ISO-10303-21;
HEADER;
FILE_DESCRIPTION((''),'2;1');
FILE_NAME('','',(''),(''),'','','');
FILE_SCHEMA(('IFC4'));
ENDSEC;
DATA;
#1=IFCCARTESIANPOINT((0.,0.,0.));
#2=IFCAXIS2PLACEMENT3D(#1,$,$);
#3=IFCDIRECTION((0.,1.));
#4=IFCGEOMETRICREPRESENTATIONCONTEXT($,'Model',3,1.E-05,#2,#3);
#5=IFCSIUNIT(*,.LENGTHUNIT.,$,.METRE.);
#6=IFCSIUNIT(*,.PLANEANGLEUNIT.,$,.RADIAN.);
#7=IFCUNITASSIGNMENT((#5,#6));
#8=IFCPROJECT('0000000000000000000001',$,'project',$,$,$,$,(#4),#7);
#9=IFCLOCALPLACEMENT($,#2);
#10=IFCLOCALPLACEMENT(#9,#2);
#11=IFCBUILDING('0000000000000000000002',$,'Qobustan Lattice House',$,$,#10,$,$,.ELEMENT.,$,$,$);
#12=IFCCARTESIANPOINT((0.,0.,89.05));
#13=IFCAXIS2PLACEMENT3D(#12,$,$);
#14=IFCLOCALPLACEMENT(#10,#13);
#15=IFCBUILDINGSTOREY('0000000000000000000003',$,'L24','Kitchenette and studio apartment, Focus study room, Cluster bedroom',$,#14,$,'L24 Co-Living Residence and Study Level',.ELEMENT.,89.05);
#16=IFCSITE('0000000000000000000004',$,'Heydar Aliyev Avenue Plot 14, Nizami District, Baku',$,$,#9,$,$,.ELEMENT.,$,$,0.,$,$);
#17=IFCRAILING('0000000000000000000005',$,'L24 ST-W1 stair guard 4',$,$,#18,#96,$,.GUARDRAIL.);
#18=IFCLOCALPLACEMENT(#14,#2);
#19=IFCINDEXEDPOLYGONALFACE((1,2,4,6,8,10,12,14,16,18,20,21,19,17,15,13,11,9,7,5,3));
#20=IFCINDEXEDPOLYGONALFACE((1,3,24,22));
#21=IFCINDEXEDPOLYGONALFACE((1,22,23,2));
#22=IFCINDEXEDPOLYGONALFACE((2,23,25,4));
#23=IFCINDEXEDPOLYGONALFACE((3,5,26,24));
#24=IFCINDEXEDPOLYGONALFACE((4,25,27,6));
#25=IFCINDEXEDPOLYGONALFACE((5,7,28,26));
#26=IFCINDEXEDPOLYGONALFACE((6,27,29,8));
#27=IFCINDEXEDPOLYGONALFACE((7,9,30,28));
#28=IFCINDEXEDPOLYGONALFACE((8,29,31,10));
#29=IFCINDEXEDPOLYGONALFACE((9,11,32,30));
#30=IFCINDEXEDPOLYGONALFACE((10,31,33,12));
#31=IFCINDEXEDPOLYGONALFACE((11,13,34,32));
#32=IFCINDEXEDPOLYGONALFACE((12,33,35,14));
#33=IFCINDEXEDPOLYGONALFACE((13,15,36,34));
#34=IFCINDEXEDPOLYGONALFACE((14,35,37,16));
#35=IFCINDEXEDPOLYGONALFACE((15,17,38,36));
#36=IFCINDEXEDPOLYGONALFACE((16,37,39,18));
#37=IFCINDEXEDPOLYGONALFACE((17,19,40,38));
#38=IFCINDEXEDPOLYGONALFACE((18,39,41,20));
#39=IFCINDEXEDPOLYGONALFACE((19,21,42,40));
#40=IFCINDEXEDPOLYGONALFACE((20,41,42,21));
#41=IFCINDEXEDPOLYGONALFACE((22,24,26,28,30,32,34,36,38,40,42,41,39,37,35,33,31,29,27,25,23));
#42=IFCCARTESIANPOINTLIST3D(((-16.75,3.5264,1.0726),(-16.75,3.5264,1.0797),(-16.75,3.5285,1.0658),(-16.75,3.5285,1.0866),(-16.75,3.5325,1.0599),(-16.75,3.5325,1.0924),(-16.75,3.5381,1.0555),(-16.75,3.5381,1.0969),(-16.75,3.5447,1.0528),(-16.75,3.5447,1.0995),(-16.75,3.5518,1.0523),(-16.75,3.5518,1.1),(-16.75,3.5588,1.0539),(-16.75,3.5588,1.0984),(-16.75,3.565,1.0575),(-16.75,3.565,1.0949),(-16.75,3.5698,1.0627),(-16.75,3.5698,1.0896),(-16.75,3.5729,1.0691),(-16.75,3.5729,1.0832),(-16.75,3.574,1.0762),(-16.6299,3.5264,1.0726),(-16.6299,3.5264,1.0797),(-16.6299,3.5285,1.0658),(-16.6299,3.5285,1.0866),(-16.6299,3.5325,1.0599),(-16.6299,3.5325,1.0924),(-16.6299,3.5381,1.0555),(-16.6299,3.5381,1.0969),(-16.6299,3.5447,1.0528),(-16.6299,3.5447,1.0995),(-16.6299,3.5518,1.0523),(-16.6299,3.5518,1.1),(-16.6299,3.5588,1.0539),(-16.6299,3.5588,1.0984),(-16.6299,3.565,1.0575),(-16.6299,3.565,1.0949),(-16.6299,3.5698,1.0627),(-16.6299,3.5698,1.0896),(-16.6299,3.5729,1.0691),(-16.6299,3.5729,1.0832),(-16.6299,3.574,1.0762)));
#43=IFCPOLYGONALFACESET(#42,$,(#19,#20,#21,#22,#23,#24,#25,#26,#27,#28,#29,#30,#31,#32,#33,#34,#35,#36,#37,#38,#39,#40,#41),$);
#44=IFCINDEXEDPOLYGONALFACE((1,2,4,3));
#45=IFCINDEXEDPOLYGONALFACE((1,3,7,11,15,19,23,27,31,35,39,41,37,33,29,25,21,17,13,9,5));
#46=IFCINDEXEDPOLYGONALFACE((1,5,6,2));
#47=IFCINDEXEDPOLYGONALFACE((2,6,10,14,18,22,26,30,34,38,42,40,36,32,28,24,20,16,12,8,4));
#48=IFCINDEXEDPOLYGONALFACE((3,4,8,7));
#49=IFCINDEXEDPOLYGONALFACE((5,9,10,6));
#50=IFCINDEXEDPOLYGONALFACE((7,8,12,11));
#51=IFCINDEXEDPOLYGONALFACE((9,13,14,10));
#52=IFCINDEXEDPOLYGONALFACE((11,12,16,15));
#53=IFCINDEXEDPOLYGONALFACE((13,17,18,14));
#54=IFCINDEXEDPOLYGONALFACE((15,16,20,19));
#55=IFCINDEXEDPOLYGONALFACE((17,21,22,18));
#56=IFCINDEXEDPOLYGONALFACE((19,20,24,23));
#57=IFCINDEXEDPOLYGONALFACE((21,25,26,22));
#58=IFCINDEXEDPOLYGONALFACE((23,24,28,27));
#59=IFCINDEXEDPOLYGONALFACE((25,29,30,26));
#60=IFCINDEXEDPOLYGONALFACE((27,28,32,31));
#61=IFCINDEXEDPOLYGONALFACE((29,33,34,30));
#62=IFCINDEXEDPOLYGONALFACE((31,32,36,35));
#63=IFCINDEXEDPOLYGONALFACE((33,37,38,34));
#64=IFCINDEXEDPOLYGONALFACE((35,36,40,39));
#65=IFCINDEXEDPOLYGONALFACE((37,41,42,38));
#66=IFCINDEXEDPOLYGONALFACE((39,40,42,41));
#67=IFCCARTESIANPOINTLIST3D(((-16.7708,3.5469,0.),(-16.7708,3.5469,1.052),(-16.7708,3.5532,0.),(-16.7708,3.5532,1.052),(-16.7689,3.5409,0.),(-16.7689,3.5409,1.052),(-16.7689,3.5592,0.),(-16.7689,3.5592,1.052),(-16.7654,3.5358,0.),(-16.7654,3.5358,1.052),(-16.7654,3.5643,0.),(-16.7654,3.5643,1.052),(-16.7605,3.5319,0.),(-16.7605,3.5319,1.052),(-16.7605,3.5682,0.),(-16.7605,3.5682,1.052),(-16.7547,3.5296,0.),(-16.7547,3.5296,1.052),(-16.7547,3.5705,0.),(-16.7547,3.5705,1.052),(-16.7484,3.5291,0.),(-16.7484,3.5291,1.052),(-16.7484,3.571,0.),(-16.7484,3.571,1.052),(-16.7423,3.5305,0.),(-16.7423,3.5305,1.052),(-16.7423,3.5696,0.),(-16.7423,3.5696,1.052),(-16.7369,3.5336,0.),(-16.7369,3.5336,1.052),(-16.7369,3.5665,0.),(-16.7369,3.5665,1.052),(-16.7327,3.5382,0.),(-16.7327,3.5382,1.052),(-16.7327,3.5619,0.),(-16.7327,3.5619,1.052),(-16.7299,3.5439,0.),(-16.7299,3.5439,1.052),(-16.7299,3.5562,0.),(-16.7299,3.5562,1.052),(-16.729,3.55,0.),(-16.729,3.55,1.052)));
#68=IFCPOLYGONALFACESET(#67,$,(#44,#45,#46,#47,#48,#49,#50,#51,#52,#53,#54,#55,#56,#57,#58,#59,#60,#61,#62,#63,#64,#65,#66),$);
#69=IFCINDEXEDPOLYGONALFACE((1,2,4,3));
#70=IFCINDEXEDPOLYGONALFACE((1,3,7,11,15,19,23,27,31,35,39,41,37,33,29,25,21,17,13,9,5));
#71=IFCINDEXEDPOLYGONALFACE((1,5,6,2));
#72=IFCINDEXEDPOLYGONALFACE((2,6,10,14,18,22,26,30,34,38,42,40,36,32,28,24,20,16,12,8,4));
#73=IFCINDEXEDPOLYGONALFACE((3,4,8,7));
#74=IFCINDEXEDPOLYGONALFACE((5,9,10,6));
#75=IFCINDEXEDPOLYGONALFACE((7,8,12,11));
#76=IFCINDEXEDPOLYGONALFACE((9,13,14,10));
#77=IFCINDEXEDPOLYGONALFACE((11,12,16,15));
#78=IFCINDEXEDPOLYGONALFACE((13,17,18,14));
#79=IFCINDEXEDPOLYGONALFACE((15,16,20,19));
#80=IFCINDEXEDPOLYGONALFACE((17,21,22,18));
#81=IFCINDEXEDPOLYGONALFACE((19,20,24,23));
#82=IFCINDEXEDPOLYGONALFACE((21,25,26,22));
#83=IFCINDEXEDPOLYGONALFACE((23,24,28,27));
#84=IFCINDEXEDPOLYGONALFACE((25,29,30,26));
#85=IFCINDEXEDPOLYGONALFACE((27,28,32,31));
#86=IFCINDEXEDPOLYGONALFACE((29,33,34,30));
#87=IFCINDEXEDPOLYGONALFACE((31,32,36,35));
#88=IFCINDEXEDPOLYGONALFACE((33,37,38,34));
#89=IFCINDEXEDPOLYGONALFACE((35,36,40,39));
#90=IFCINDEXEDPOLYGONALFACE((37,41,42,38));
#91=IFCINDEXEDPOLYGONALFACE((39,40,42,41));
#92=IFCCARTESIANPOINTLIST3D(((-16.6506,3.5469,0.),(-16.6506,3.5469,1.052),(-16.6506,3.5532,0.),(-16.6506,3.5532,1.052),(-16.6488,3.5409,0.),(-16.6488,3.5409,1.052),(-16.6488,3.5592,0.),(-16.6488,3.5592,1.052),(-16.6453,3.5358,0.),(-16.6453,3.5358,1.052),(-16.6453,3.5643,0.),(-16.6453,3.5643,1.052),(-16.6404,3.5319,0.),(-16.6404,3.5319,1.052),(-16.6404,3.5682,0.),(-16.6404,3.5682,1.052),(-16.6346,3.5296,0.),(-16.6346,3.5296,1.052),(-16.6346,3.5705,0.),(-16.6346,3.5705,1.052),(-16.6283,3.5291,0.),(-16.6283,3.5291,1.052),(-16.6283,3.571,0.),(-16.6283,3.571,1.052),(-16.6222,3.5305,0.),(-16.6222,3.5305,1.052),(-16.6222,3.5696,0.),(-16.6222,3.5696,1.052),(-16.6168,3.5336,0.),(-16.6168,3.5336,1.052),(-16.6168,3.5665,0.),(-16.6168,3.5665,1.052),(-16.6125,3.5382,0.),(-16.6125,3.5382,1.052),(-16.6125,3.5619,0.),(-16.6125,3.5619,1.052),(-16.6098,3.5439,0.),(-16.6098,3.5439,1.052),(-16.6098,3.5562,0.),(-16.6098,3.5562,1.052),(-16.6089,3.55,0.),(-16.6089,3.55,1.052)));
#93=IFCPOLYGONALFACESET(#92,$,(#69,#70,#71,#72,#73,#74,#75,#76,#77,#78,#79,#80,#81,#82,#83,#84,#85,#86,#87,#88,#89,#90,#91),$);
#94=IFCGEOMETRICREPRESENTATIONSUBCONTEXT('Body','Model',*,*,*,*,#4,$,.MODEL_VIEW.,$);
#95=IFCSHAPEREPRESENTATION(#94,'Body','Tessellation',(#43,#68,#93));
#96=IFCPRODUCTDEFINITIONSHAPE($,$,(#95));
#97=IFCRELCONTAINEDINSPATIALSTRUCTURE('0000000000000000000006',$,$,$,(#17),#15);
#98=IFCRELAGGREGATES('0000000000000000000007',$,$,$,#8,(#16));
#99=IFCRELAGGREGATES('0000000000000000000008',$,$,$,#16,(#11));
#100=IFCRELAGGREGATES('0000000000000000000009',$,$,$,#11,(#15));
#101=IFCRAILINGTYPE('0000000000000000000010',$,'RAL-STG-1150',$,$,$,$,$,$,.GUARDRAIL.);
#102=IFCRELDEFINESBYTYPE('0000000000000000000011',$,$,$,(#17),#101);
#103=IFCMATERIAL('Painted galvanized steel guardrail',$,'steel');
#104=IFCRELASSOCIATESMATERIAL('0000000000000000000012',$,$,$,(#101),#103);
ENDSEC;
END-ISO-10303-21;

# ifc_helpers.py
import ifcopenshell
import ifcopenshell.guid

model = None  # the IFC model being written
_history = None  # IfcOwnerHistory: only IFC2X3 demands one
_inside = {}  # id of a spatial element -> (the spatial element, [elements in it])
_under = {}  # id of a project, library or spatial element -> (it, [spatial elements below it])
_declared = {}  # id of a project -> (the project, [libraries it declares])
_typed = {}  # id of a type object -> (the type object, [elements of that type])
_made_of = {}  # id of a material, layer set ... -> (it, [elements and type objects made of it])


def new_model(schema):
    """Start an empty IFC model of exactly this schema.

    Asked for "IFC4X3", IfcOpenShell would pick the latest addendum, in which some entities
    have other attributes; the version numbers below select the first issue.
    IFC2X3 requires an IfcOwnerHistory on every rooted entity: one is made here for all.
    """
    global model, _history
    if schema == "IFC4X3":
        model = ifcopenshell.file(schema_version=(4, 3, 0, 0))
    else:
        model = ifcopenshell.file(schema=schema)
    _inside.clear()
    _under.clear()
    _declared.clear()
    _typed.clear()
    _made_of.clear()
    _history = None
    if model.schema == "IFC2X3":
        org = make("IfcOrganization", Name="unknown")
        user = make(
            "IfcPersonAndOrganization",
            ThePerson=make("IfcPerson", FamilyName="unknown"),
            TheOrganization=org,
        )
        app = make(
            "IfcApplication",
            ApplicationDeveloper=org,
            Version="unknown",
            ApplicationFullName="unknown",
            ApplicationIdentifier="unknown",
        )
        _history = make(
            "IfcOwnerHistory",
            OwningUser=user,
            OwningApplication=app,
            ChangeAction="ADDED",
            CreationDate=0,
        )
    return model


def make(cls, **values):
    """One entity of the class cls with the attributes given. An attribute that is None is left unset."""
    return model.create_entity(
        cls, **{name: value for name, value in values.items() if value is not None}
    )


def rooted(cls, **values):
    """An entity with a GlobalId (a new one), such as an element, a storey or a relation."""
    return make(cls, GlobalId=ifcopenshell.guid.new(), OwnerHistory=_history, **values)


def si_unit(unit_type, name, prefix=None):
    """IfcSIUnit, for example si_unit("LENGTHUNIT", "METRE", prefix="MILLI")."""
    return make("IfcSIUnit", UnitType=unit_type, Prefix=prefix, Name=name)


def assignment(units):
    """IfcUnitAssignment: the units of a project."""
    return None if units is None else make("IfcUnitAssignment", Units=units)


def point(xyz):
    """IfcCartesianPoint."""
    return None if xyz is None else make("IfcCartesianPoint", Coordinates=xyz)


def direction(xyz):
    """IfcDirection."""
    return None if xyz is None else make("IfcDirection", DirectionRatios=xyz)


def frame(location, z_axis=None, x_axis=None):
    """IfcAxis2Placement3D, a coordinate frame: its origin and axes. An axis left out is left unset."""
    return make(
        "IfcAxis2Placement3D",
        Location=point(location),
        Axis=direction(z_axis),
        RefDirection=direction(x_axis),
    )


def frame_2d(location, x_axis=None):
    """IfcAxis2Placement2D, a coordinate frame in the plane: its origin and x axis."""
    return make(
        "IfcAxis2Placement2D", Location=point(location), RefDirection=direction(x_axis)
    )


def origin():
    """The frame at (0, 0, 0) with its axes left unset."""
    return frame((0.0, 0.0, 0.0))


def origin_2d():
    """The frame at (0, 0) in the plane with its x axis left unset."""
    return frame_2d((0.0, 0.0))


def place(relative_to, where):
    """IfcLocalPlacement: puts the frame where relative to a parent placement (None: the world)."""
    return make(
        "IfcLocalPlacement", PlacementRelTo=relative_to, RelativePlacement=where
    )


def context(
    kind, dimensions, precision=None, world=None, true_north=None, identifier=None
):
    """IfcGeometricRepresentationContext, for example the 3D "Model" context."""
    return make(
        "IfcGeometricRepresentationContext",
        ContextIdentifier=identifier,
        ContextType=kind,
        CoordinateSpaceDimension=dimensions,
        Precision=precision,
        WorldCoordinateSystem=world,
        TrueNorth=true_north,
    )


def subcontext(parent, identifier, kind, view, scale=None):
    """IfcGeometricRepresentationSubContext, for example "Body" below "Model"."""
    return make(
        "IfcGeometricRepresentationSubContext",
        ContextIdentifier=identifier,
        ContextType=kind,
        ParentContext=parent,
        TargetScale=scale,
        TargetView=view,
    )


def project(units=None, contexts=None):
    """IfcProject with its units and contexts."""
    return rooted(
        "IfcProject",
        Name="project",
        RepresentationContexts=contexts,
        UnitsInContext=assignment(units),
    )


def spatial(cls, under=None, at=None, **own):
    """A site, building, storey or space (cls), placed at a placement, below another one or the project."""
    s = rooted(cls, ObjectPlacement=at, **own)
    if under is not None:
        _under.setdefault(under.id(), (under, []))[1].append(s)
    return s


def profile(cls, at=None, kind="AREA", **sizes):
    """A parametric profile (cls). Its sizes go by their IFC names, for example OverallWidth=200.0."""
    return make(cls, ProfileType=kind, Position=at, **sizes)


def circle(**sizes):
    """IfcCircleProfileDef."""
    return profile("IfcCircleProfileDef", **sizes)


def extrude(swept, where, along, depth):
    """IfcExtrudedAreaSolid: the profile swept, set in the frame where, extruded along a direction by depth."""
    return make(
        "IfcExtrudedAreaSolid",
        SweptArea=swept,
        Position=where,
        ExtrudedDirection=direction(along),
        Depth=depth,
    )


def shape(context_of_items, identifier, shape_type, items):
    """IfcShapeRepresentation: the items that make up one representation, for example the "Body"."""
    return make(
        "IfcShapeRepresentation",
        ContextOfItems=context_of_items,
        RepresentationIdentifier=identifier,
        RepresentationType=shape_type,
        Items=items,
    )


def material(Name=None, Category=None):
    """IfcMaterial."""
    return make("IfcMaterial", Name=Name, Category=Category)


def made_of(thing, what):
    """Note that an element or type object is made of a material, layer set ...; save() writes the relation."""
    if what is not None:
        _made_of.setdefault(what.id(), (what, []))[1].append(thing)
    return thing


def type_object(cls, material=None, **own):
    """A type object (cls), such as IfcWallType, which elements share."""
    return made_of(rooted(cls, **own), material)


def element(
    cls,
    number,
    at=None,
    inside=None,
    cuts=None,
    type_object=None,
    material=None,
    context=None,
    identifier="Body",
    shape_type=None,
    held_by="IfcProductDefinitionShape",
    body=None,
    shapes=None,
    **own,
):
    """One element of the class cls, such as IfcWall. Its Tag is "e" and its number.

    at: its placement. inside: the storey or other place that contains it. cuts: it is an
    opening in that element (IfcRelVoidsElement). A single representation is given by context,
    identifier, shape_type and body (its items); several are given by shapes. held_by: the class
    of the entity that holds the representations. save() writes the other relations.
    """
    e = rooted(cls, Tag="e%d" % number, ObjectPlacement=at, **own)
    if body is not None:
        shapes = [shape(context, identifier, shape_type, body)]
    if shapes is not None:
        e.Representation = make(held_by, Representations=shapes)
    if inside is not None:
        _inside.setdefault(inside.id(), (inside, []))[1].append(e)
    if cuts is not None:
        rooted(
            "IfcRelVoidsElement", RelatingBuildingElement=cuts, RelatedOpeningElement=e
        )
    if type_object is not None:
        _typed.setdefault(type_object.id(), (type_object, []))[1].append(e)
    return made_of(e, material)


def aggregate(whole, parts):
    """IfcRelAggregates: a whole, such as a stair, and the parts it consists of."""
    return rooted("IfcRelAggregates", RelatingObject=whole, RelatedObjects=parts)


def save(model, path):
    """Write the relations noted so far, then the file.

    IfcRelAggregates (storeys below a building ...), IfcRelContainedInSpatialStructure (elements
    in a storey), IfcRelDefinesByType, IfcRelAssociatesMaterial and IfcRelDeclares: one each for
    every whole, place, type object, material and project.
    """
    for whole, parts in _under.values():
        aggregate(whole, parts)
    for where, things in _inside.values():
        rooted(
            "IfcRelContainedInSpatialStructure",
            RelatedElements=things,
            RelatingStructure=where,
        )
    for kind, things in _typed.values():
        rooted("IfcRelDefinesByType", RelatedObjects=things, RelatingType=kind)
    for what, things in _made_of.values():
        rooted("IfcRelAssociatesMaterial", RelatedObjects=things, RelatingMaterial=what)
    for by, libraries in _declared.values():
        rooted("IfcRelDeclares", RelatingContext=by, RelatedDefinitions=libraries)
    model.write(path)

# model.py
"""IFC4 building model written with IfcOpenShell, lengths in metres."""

from ifc_helpers import new_model, si_unit, direction, frame, origin, origin_2d, place, context, subcontext, project, spatial, circle, extrude, material, type_object, element, save


model = new_model("IFC4")

# Units and contexts
model_context = context("Model", 3, precision=1e-05, world=origin(), true_north=direction((0.0, 1.0)))
body_context = subcontext(model_context, "Body", "Model", "MODEL_VIEW")
ifc_project = project(units=[si_unit("LENGTHUNIT", "METRE"), si_unit("PLANEANGLEUNIT", "RADIAN")], contexts=[model_context])

# Site, building, storey
site_placement = place(None, origin())
site = spatial("IfcSite", under=ifc_project, at=site_placement, Name="Heydar Aliyev Avenue Plot 14, Nizami District, Baku", CompositionType="ELEMENT", RefElevation=0.0)
building_placement = place(site_placement, origin())
building = spatial("IfcBuilding", under=site, at=building_placement, Name="Qobustan Lattice House", CompositionType="ELEMENT")
storey_placement = place(building_placement, frame((0.0, 0.0, 89.05)))
storey = spatial("IfcBuildingStorey", under=building, at=storey_placement, Name="L24", Description="Kitchenette and studio apartment, Focus study room, Cluster bedroom", LongName="L24 Co-Living Residence and Study Level", CompositionType="ELEMENT", Elevation=89.05)

# Railing
ifc_material_1 = material(Name="Painted galvanized steel guardrail", Category="steel")
railing_type_1 = type_object("IfcRailingType", Name="RAL-STG-1150", PredefinedType="GUARDRAIL", material=ifc_material_1)
railing_1_placement = place(storey_placement, frame((-16.75, 3.55, 0.0)))
element("IfcRailing", 1, at=railing_1_placement, inside=storey, type_object=railing_type_1, Name="L24 ST-W1 stair guard 4", PredefinedType="GUARDRAIL", context=body_context, shape_type="SweptSolid", body=[
    extrude(circle(Radius=0.0239, at=origin_2d()), frame((0.0, 0.0, 1.0762), z_axis=(1.0, 0.0, 0.0), x_axis=(0.0, 1.0, 0.0)), (0.0, 0.0, 1.0), 0.1201),
    extrude(circle(Radius=0.021, at=origin_2d()), origin(), (0.0, 0.0, 1.0), 1.052),
    extrude(circle(Radius=0.021, at=origin_2d()), frame((0.1201, 0.0, 0.0)), (0.0, 0.0, 1.0), 1.052),
])

save(model, "model.ifc")
